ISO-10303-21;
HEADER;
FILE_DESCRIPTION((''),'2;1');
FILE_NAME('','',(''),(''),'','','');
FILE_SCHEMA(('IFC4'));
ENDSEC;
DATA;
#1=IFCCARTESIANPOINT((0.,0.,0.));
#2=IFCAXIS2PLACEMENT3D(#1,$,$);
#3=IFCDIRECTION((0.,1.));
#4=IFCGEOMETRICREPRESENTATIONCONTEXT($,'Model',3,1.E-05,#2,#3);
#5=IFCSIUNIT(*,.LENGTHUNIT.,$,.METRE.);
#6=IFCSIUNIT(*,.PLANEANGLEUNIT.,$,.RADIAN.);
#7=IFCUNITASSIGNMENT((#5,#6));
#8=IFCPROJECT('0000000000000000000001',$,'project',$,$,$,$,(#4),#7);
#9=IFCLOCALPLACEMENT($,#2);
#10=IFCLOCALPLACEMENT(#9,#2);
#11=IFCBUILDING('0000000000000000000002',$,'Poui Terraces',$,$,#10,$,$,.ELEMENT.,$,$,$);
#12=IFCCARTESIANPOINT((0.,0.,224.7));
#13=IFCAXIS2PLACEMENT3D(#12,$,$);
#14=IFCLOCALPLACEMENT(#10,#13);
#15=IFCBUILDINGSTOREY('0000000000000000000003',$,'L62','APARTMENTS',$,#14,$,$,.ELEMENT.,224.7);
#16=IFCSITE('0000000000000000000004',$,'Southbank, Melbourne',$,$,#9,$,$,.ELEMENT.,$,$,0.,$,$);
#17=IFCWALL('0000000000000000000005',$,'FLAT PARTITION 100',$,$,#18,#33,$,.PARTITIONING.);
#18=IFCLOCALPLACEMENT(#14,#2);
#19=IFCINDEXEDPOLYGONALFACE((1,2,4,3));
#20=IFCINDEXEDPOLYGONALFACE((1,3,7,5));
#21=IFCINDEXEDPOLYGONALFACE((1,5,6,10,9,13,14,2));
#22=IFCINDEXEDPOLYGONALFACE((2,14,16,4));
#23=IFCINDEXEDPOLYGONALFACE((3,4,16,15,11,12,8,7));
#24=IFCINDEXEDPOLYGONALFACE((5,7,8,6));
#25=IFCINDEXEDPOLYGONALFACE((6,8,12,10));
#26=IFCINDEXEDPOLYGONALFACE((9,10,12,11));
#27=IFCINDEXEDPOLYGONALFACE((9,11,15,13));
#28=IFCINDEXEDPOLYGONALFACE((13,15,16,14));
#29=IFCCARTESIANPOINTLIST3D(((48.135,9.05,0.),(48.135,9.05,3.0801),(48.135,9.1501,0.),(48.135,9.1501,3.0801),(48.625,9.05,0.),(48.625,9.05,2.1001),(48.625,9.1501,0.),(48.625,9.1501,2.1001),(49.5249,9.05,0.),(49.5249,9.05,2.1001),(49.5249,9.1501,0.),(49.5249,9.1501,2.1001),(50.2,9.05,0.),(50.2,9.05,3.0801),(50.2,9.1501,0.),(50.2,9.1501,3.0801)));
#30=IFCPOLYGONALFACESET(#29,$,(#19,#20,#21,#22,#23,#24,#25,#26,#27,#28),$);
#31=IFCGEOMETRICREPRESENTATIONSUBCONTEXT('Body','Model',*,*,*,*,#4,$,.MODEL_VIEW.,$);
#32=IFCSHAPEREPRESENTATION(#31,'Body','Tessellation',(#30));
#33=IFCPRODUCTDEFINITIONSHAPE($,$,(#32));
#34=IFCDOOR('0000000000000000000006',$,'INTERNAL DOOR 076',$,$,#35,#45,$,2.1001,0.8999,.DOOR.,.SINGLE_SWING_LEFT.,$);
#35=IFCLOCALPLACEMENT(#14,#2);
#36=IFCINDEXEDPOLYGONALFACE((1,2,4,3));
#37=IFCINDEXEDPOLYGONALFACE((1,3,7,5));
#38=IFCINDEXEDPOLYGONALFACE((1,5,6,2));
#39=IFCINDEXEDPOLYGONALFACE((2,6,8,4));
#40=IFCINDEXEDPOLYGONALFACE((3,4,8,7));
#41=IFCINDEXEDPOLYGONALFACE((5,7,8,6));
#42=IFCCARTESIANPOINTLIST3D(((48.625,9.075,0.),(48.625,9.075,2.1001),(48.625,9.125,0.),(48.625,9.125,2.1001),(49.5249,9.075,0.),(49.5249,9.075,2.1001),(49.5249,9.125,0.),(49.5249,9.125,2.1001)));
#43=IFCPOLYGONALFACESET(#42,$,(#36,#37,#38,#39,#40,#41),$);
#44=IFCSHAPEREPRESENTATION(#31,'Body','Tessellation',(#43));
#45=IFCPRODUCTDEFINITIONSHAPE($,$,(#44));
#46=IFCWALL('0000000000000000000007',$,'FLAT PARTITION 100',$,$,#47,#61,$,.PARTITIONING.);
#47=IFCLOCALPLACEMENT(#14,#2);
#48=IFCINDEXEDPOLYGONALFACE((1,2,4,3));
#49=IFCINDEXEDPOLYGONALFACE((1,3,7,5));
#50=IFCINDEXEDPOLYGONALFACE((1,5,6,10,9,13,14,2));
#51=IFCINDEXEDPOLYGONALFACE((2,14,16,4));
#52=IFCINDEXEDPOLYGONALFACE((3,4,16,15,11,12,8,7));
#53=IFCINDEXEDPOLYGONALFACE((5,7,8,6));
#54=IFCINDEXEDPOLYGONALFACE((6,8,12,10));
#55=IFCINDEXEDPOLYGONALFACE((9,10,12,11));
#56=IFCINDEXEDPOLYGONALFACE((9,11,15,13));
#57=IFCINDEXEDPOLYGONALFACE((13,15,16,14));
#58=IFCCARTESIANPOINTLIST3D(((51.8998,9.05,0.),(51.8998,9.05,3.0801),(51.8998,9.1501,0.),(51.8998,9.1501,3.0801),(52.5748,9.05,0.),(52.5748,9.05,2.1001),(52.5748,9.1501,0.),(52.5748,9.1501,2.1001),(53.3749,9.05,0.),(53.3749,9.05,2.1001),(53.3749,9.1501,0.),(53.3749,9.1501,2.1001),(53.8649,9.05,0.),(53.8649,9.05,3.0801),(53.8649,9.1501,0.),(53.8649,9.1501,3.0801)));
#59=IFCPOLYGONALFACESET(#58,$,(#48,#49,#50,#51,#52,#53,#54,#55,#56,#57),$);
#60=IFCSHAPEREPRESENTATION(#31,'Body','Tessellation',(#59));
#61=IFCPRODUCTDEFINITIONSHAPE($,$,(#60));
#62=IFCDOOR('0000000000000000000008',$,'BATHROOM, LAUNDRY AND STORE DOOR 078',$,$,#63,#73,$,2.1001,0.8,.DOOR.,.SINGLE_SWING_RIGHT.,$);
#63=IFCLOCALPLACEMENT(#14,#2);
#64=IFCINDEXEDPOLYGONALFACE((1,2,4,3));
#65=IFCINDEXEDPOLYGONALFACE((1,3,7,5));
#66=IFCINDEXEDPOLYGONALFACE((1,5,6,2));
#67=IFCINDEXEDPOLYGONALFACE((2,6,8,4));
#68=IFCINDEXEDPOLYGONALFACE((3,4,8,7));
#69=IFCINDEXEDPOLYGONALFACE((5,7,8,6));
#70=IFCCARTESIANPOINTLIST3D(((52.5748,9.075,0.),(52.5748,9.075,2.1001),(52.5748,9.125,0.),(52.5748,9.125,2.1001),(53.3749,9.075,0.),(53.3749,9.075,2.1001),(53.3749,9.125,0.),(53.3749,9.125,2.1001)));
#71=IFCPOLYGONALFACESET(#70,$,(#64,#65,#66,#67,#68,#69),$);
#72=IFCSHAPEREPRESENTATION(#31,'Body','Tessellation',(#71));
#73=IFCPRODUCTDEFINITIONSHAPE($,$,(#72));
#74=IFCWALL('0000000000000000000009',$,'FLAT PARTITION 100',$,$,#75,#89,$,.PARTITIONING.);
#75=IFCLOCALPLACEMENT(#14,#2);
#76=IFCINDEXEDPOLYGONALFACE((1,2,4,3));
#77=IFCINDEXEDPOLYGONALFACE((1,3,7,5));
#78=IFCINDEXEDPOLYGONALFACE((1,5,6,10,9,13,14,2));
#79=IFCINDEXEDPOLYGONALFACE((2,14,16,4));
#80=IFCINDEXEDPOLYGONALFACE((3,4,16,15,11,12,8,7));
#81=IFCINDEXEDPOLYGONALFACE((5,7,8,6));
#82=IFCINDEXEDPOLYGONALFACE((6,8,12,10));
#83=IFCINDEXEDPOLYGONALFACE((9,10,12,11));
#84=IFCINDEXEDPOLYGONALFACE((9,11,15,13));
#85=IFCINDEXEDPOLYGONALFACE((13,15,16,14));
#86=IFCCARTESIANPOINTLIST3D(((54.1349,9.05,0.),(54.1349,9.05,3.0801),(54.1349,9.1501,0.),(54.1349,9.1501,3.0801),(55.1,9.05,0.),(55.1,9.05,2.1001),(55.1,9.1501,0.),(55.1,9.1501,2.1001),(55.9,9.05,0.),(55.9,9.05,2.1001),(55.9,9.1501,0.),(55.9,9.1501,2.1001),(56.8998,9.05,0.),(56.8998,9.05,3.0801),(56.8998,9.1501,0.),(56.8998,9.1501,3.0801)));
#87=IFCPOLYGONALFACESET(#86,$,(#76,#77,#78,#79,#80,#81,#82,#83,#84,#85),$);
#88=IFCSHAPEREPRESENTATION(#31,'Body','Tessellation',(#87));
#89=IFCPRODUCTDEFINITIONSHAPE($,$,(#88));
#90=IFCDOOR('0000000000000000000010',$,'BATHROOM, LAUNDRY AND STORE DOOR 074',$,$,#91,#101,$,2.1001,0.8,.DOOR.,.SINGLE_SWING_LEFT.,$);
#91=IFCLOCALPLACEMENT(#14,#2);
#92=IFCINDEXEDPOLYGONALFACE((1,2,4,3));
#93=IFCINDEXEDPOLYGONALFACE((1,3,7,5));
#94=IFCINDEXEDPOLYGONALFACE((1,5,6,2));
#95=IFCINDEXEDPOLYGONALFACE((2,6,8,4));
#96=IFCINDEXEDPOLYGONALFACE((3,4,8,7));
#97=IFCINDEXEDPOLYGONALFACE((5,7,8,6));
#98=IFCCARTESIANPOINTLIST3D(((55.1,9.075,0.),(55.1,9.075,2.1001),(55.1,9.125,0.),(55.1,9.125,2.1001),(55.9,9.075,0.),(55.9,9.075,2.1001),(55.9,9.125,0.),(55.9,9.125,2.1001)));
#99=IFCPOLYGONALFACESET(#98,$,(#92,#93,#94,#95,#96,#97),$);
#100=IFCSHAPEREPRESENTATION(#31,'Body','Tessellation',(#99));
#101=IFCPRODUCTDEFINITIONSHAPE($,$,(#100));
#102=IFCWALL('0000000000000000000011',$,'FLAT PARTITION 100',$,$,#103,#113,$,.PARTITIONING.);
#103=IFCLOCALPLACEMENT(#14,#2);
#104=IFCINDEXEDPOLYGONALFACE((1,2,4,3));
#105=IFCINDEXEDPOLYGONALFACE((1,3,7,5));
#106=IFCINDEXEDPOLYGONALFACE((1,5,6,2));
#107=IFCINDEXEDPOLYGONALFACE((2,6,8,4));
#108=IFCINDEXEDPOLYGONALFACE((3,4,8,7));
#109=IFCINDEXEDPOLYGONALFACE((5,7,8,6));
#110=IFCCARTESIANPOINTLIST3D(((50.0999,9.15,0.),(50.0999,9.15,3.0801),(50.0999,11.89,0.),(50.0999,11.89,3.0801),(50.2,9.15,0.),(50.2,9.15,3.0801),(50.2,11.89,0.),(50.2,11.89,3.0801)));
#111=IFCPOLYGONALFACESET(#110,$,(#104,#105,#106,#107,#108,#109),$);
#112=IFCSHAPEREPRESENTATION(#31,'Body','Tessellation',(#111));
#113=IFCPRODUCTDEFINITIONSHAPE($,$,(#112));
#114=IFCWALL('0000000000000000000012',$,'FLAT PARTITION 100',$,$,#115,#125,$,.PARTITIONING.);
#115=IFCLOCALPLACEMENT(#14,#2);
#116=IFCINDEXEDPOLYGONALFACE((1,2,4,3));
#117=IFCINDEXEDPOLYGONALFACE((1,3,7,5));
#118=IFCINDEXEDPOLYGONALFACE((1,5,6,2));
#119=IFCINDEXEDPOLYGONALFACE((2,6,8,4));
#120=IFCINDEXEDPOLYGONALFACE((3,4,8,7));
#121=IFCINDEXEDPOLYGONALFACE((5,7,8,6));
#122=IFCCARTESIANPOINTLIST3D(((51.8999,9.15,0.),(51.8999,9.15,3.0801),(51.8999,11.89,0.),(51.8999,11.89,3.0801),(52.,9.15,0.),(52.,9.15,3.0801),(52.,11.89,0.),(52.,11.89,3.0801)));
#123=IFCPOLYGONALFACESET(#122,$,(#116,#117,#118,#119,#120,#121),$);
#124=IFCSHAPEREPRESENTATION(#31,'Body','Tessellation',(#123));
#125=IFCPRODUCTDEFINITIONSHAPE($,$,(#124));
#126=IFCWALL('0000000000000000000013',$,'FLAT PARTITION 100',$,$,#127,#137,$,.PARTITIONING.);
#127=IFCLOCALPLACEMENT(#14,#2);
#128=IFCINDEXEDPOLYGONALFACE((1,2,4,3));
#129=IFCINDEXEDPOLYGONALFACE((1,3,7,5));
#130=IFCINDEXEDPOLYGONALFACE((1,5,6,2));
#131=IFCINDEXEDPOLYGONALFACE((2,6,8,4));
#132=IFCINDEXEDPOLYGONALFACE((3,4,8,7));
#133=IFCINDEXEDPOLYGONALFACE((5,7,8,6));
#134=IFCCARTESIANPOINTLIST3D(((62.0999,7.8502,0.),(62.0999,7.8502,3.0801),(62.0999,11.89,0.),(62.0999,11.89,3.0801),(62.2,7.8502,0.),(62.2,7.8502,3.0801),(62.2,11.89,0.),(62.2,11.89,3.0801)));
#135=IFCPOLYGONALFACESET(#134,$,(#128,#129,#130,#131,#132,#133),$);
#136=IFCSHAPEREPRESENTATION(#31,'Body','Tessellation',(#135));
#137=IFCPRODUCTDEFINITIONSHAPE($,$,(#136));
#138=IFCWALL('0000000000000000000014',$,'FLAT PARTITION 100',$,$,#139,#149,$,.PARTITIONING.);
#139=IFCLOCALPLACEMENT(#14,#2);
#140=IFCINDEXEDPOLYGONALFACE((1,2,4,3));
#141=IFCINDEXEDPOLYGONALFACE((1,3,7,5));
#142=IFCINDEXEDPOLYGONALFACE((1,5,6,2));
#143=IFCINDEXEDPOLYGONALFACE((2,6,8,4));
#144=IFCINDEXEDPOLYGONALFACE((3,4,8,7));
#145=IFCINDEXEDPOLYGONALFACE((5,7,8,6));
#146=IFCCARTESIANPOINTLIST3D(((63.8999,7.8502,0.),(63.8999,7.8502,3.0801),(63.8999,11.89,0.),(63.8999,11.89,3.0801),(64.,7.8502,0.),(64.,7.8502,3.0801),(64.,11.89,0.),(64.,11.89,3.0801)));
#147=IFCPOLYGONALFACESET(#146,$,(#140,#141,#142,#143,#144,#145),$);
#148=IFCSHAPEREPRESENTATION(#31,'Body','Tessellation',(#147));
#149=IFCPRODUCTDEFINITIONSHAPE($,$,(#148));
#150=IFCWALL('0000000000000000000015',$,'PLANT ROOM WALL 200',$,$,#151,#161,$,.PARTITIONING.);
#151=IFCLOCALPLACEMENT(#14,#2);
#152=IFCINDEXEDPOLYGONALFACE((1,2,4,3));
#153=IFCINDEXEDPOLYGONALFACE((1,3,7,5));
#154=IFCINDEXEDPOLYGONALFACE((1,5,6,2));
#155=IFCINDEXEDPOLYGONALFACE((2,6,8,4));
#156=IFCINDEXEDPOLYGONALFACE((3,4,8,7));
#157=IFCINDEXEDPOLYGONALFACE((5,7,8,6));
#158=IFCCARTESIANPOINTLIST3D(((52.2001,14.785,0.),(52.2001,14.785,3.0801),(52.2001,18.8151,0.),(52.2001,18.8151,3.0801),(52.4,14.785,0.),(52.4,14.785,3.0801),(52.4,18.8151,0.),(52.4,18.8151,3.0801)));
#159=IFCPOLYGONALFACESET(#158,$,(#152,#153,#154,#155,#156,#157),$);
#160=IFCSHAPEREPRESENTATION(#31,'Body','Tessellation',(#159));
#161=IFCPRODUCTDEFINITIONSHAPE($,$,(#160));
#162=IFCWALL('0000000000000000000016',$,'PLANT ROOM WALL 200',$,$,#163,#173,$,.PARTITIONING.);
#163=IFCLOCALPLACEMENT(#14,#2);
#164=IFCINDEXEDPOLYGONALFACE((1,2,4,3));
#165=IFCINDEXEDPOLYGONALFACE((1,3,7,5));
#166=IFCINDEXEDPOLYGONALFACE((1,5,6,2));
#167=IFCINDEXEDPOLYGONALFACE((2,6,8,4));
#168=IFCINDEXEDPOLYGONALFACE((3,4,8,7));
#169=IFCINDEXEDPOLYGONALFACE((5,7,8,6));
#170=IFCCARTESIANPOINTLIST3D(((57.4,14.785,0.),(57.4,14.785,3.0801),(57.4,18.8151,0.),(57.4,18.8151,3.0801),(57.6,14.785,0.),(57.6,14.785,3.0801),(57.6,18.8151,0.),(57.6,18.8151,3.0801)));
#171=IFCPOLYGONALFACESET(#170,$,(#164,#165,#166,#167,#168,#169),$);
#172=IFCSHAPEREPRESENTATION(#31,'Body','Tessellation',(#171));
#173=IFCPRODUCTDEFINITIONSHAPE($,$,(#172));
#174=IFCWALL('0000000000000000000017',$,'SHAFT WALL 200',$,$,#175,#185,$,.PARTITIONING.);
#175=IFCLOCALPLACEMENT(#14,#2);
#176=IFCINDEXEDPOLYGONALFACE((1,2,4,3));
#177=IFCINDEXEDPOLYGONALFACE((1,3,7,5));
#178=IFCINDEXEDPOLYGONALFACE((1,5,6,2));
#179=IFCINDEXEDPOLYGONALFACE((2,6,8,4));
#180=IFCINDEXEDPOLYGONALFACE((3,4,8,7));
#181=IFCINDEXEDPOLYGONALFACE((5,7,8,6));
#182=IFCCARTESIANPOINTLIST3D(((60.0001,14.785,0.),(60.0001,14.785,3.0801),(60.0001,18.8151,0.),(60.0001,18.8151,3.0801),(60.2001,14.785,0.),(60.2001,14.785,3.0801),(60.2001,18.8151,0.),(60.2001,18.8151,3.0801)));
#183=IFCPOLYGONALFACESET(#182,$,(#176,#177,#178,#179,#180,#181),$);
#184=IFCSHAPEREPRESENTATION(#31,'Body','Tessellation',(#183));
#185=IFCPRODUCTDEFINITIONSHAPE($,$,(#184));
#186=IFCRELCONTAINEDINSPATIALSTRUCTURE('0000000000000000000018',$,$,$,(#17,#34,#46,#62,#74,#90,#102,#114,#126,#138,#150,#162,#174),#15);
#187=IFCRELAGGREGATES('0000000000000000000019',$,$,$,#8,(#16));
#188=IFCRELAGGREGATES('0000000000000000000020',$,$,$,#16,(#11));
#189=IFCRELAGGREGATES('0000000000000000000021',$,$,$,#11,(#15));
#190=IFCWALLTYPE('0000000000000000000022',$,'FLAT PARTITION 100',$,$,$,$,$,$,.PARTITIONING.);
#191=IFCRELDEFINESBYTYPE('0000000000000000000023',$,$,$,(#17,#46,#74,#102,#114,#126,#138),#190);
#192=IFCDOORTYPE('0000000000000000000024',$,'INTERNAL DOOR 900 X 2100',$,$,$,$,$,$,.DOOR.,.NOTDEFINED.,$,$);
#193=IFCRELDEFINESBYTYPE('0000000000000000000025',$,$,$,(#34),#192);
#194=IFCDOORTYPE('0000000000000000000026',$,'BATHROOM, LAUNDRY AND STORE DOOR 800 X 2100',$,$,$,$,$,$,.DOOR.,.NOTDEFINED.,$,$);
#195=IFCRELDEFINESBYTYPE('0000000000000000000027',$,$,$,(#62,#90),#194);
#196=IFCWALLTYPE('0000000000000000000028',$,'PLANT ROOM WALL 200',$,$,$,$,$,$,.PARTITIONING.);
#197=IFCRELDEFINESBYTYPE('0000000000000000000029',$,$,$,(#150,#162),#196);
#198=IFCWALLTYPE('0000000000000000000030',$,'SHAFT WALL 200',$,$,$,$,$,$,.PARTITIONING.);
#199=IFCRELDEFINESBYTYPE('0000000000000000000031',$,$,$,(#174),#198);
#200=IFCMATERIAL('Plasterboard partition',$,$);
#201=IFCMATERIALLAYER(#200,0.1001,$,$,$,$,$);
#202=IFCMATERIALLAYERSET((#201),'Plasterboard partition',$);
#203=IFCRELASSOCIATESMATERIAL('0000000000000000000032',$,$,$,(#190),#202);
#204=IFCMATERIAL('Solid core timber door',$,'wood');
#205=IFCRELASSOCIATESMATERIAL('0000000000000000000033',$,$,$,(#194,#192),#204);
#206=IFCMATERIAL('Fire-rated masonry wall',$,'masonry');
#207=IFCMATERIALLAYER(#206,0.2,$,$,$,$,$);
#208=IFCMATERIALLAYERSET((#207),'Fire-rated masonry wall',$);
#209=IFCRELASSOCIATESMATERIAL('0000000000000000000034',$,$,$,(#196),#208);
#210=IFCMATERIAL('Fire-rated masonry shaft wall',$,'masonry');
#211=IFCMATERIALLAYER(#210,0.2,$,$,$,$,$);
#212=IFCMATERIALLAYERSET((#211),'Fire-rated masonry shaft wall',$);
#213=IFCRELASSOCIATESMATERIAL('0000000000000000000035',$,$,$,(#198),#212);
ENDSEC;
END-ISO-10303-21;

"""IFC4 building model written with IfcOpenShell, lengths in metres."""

from ifc_helpers import new_model, si_unit, direction, frame, frame_2d, origin, place, context, subcontext, project, spatial, rectangle, extrude, material, layer, layer_set, type_object, element, fill, save


model = new_model("IFC4")

# Units and contexts
model_context = context("Model", 3, precision=1e-05, world=origin(), true_north=direction((0.0, 1.0)))
body_context = subcontext(model_context, "Body", "Model", "MODEL_VIEW")
ifc_project = project(units=[si_unit("LENGTHUNIT", "METRE"), si_unit("PLANEANGLEUNIT", "RADIAN")], contexts=[model_context])

# Site, building, storey
site_placement = place(None, origin())
site = spatial("IfcSite", under=ifc_project, at=site_placement, Name="Southbank, Melbourne", CompositionType="ELEMENT", RefElevation=0.0)
building_placement = place(site_placement, origin())
building = spatial("IfcBuilding", under=site, at=building_placement, Name="Poui Terraces", CompositionType="ELEMENT")
storey_placement = place(building_placement, frame((0.0, 0.0, 224.7)))
storey = spatial("IfcBuildingStorey", under=building, at=storey_placement, Name="L62", Description="APARTMENTS", CompositionType="ELEMENT", Elevation=224.7)

# Walls, openings, doors
ifc_material_1 = material(Name="Plasterboard partition")
ifc_layer_1 = layer(ifc_material_1, 0.1001)
ifc_layer_set_1 = layer_set([ifc_layer_1], Name="Plasterboard partition")
wall_type_1 = type_object("IfcWallType", Name="FLAT PARTITION 100", PredefinedType="PARTITIONING", material=ifc_layer_set_1)
ifc_material_2 = material(Name="Solid core timber door", Category="wood")
door_type_1 = type_object("IfcDoorType", Name="BATHROOM, LAUNDRY AND STORE DOOR 800 X 2100", OperationType="NOTDEFINED", PredefinedType="DOOR", material=ifc_material_2)
wall_1_placement = place(storey_placement, frame((48.135, 9.1001, 0.0), z_axis=(0.0, 0.0, 1.0), x_axis=(1.0, 0.0, 0.0)))
wall_1 = element("IfcWall", 1, at=wall_1_placement, inside=storey, type_object=wall_type_1, Name="FLAT PARTITION 100", PredefinedType="PARTITIONING", context=body_context, shape_type="SweptSolid", body=[
    extrude(rectangle(XDim=2.0649, YDim=0.1001, at=frame_2d((1.0325, 0.0))), origin(), (0.0, 0.0, 1.0), 3.0801),
])
opening_1_placement = place(wall_1_placement, frame((0.49, 0.0, 0.0)))
opening_1 = element("IfcOpeningElement", 2, at=opening_1_placement, cuts=wall_1, PredefinedType="OPENING", context=body_context, shape_type="SweptSolid", body=[
    extrude(rectangle(XDim=0.8999, YDim=2.1001, at=frame_2d((0.45, 1.05))), frame((0.0, 0.0601, 0.0), z_axis=(0.0, -1.0, 0.0), x_axis=(1.0, 0.0, 0.0)), (0.0, 0.0, 1.0), 0.1201),
])
door_type_2 = type_object("IfcDoorType", Name="INTERNAL DOOR 900 X 2100", OperationType="NOTDEFINED", PredefinedType="DOOR", material=ifc_material_2)
door_1_placement = place(opening_1_placement, origin())
door_1 = element("IfcDoor", 3, at=door_1_placement, inside=storey, type_object=door_type_2, Name="INTERNAL DOOR 076", OperationType="SINGLE_SWING_LEFT", OverallHeight=2.1001, OverallWidth=0.8999, PredefinedType="DOOR", context=body_context, shape_type="SweptSolid", body=[
    extrude(rectangle(XDim=0.8999, YDim=2.1001, at=frame_2d((0.45, 1.05))), frame((0.0, 0.0249, 0.0), z_axis=(0.0, -1.0, 0.0), x_axis=(1.0, 0.0, 0.0)), (0.0, 0.0, 1.0), 0.05),
])
fill(opening_1, door_1)
wall_2_placement = place(storey_placement, frame((51.8999, 9.1001, 0.0), z_axis=(0.0, 0.0, 1.0), x_axis=(1.0, 0.0, 0.0)))
wall_2 = element("IfcWall", 4, at=wall_2_placement, inside=storey, type_object=wall_type_1, Name="FLAT PARTITION 100", PredefinedType="PARTITIONING", context=body_context, shape_type="SweptSolid", body=[
    extrude(rectangle(XDim=1.9651, YDim=0.1001, at=frame_2d((0.9824, 0.0))), origin(), (0.0, 0.0, 1.0), 3.0801),
])
opening_2_placement = place(wall_2_placement, frame((0.675, 0.0, 0.0)))
opening_2 = element("IfcOpeningElement", 5, at=opening_2_placement, cuts=wall_2, PredefinedType="OPENING", context=body_context, shape_type="SweptSolid", body=[
    extrude(rectangle(XDim=0.8, YDim=2.1001, at=frame_2d((0.3999, 1.05))), frame((0.0, 0.0601, 0.0), z_axis=(0.0, -1.0, 0.0), x_axis=(1.0, 0.0, 0.0)), (0.0, 0.0, 1.0), 0.1201),
])
door_2_placement = place(opening_2_placement, origin())
door_2 = element("IfcDoor", 6, at=door_2_placement, inside=storey, type_object=door_type_1, Name="BATHROOM, LAUNDRY AND STORE DOOR 078", OperationType="SINGLE_SWING_RIGHT", OverallHeight=2.1001, OverallWidth=0.8, PredefinedType="DOOR", context=body_context, shape_type="SweptSolid", body=[
    extrude(rectangle(XDim=0.8, YDim=2.1001, at=frame_2d((0.3999, 1.05))), frame((0.0, 0.0249, 0.0), z_axis=(0.0, -1.0, 0.0), x_axis=(1.0, 0.0, 0.0)), (0.0, 0.0, 1.0), 0.05),
])
fill(opening_2, door_2)
wall_3_placement = place(storey_placement, frame((54.135, 9.1001, 0.0), z_axis=(0.0, 0.0, 1.0), x_axis=(1.0, 0.0, 0.0)))
wall_3 = element("IfcWall", 7, at=wall_3_placement, inside=storey, type_object=wall_type_1, Name="FLAT PARTITION 100", PredefinedType="PARTITIONING", context=body_context, shape_type="SweptSolid", body=[
    extrude(rectangle(XDim=2.7649, YDim=0.1001, at=frame_2d((1.3823, 0.0))), origin(), (0.0, 0.0, 1.0), 3.0801),
])
opening_3_placement = place(wall_3_placement, frame((0.9651, 0.0, 0.0)))
opening_3 = element("IfcOpeningElement", 8, at=opening_3_placement, cuts=wall_3, PredefinedType="OPENING", context=body_context, shape_type="SweptSolid", body=[
    extrude(rectangle(XDim=0.8, YDim=2.1001, at=frame_2d((0.3999, 1.05))), frame((0.0, 0.0601, 0.0), z_axis=(0.0, -1.0, 0.0), x_axis=(1.0, 0.0, 0.0)), (0.0, 0.0, 1.0), 0.1201),
])
door_3_placement = place(opening_3_placement, origin())
door_3 = element("IfcDoor", 9, at=door_3_placement, inside=storey, type_object=door_type_1, Name="BATHROOM, LAUNDRY AND STORE DOOR 074", OperationType="SINGLE_SWING_LEFT", OverallHeight=2.1001, OverallWidth=0.8, PredefinedType="DOOR", context=body_context, shape_type="SweptSolid", body=[
    extrude(rectangle(XDim=0.8, YDim=2.1001, at=frame_2d((0.3999, 1.05))), frame((0.0, 0.0249, 0.0), z_axis=(0.0, -1.0, 0.0), x_axis=(1.0, 0.0, 0.0)), (0.0, 0.0, 1.0), 0.05),
])
fill(opening_3, door_3)

# Walls
for number, where, z_axis, x_axis, name in (
    (10, (50.1499, 9.1499, 0.0), (0.0, 0.0, 1.0), (0.0, 1.0, 0.0), "FLAT PARTITION 100"),
    (11, (51.95, 9.1499, 0.0), (0.0, 0.0, 1.0), (0.0, 1.0, 0.0), "FLAT PARTITION 100"),
):
    element("IfcWall", number, at=place(storey_placement, frame(where, z_axis=z_axis, x_axis=x_axis)), inside=storey, type_object=wall_type_1, Name=name, PredefinedType="PARTITIONING", context=body_context, shape_type="SweptSolid", body=[
        extrude(rectangle(XDim=2.74, YDim=0.1001, at=frame_2d((1.3701, 0.0))), origin(), (0.0, 0.0, 1.0), 3.0801),
    ])
for number, where, z_axis, x_axis, name in (
    (12, (62.1499, 7.8501, 0.0), (0.0, 0.0, 1.0), (0.0, 1.0, 0.0), "FLAT PARTITION 100"),
    (13, (63.95, 7.8501, 0.0), (0.0, 0.0, 1.0), (0.0, 1.0, 0.0), "FLAT PARTITION 100"),
):
    element("IfcWall", number, at=place(storey_placement, frame(where, z_axis=z_axis, x_axis=x_axis)), inside=storey, type_object=wall_type_1, Name=name, PredefinedType="PARTITIONING", context=body_context, shape_type="SweptSolid", body=[
        extrude(rectangle(XDim=4.0398, YDim=0.1001, at=frame_2d((2.02, 0.0))), origin(), (0.0, 0.0, 1.0), 3.0801),
    ])
ifc_material_3 = material(Name="Fire-rated masonry wall", Category="masonry")
ifc_layer_2 = layer(ifc_material_3, 0.2)
ifc_layer_set_2 = layer_set([ifc_layer_2], Name="Fire-rated masonry wall")
wall_type_2 = type_object("IfcWallType", Name="PLANT ROOM WALL 200", PredefinedType="PARTITIONING", material=ifc_layer_set_2)
for number, where, z_axis, x_axis, name in (
    (14, (52.3, 14.7849, 0.0), (0.0, 0.0, 1.0), (0.0, 1.0, 0.0), "PLANT ROOM WALL 200"),
    (15, (57.5, 14.7849, 0.0), (0.0, 0.0, 1.0), (0.0, 1.0, 0.0), "PLANT ROOM WALL 200"),
):
    element("IfcWall", number, at=place(storey_placement, frame(where, z_axis=z_axis, x_axis=x_axis)), inside=storey, type_object=wall_type_2, Name=name, PredefinedType="PARTITIONING", context=body_context, shape_type="SweptSolid", body=[
        extrude(rectangle(XDim=4.03, YDim=0.2, at=frame_2d((2.0151, 0.0))), origin(), (0.0, 0.0, 1.0), 3.0801),
    ])
ifc_material_4 = material(Name="Fire-rated masonry shaft wall", Category="masonry")
ifc_layer_3 = layer(ifc_material_4, 0.2)
ifc_layer_set_3 = layer_set([ifc_layer_3], Name="Fire-rated masonry shaft wall")
wall_type_3 = type_object("IfcWallType", Name="SHAFT WALL 200", PredefinedType="PARTITIONING", material=ifc_layer_set_3)
wall_4_placement = place(storey_placement, frame((60.1001, 14.7849, 0.0), z_axis=(0.0, 0.0, 1.0), x_axis=(0.0, 1.0, 0.0)))
element("IfcWall", 16, at=wall_4_placement, inside=storey, type_object=wall_type_3, Name="SHAFT WALL 200", PredefinedType="PARTITIONING", context=body_context, shape_type="SweptSolid", body=[
    extrude(rectangle(XDim=4.03, YDim=0.2, at=frame_2d((2.0151, 0.0))), origin(), (0.0, 0.0, 1.0), 3.0801),
])

save(model, "model.ifc")
